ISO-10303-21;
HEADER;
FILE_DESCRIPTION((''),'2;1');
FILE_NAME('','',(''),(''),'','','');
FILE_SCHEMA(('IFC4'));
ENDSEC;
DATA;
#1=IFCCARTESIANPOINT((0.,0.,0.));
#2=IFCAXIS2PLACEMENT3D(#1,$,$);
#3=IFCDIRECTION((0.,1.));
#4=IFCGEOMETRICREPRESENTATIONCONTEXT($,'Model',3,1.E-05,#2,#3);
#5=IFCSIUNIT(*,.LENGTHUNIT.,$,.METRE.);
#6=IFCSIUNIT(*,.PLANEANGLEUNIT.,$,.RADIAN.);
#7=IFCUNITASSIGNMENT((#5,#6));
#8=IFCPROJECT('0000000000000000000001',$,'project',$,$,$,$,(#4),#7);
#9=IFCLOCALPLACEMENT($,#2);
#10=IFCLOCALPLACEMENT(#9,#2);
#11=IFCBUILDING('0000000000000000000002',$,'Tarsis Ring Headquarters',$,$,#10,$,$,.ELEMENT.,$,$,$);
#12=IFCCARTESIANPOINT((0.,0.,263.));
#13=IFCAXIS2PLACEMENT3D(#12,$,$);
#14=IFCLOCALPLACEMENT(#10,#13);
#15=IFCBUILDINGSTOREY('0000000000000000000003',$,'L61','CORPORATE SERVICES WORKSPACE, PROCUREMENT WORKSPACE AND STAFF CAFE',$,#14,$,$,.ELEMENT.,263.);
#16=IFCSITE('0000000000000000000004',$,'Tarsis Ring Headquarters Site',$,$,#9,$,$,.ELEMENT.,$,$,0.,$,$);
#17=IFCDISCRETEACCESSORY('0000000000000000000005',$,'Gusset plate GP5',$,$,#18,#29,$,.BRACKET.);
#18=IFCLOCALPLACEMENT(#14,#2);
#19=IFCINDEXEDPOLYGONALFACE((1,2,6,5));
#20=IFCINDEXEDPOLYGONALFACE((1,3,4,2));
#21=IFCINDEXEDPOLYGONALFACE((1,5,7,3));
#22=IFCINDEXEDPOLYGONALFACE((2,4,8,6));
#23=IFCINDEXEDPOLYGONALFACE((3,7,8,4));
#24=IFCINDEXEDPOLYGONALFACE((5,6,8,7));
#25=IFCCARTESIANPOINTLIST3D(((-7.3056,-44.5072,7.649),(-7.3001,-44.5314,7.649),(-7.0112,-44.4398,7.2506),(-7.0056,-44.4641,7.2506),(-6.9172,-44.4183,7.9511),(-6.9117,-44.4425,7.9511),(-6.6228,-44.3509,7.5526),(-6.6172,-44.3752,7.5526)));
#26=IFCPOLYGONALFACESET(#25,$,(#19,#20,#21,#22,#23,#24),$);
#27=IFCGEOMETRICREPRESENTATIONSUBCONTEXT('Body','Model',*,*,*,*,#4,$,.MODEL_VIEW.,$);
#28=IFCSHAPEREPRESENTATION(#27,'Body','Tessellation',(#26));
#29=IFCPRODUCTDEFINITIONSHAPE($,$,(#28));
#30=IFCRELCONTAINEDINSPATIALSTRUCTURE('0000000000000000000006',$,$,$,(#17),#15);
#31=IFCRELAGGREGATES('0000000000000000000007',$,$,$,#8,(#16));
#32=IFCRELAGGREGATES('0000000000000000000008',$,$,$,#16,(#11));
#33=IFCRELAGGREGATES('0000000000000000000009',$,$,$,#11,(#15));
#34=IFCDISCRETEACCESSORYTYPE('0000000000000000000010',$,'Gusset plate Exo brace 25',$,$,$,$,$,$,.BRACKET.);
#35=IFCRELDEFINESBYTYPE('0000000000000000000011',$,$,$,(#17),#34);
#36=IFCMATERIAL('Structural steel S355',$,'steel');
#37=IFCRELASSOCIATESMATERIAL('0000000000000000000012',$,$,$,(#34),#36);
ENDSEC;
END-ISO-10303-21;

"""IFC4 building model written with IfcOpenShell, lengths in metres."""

from ifc_helpers import new_model, si_unit, direction, frame, origin, origin_2d, place, context, subcontext, project, spatial, rectangle, extrude, material, material_profile, profile_set, type_object, element, save


model = new_model("IFC4")

# Units and contexts
model_context = context("Model", 3, precision=1e-05, world=origin(), true_north=direction((0.0, 1.0)))
body_context = subcontext(model_context, "Body", "Model", "MODEL_VIEW")
ifc_project = project(units=[si_unit("LENGTHUNIT", "METRE"), si_unit("PLANEANGLEUNIT", "RADIAN")], contexts=[model_context])

# Site, building, storey
site_placement = place(None, origin())
site = spatial("IfcSite", under=ifc_project, at=site_placement, Name="Tarsis Ring Headquarters Site", CompositionType="ELEMENT", RefElevation=0.0)
building_placement = place(site_placement, origin())
building = spatial("IfcBuilding", under=site, at=building_placement, Name="Tarsis Ring Headquarters", CompositionType="ELEMENT")
storey_placement = place(building_placement, frame((0.0, 0.0, 263.0)))
storey = spatial("IfcBuildingStorey", under=building, at=storey_placement, Name="L61", Description="CORPORATE SERVICES WORKSPACE, PROCUREMENT WORKSPACE AND STAFF CAFE", CompositionType="ELEMENT", Elevation=263.0)

# Shared definitions
ifc_material_1 = material(Name="Structural steel S355", Category="steel")

# Discrete accessory
ifc_material_profile_1 = material_profile(ifc_material_1, rectangle(XDim=0.0249, YDim=0.5, at=origin_2d()), Name="PL 25x500")
ifc_profile_set_1 = profile_set([ifc_material_profile_1], Name="Structural steel S355")
discrete_accessory_type = type_object("IfcDiscreteAccessoryType", Name="Gusset plate Exo brace 25", PredefinedType="BRACKET", material=ifc_profile_set_1)
for number, where, z_axis, x_axis, name in (
    (1, (-7.1086, -44.4749, 7.8), (0.588886, 0.13477, -0.7969), (-0.223088, 0.974798, 0.0), "Gusset plate GP5"),
):
    element("IfcDiscreteAccessory", number, at=place(storey_placement, frame(where, z_axis=z_axis, x_axis=x_axis)), inside=storey, type_object=discrete_accessory_type, Name=name, PredefinedType="BRACKET", context=body_context, shape_type="SweptSolid", body=[
        extrude(rectangle(XDim=0.0249, YDim=0.5, at=origin_2d()), origin(), (0.0, 0.0, 1.0), 0.5),
    ])

save(model, "model.ifc")
